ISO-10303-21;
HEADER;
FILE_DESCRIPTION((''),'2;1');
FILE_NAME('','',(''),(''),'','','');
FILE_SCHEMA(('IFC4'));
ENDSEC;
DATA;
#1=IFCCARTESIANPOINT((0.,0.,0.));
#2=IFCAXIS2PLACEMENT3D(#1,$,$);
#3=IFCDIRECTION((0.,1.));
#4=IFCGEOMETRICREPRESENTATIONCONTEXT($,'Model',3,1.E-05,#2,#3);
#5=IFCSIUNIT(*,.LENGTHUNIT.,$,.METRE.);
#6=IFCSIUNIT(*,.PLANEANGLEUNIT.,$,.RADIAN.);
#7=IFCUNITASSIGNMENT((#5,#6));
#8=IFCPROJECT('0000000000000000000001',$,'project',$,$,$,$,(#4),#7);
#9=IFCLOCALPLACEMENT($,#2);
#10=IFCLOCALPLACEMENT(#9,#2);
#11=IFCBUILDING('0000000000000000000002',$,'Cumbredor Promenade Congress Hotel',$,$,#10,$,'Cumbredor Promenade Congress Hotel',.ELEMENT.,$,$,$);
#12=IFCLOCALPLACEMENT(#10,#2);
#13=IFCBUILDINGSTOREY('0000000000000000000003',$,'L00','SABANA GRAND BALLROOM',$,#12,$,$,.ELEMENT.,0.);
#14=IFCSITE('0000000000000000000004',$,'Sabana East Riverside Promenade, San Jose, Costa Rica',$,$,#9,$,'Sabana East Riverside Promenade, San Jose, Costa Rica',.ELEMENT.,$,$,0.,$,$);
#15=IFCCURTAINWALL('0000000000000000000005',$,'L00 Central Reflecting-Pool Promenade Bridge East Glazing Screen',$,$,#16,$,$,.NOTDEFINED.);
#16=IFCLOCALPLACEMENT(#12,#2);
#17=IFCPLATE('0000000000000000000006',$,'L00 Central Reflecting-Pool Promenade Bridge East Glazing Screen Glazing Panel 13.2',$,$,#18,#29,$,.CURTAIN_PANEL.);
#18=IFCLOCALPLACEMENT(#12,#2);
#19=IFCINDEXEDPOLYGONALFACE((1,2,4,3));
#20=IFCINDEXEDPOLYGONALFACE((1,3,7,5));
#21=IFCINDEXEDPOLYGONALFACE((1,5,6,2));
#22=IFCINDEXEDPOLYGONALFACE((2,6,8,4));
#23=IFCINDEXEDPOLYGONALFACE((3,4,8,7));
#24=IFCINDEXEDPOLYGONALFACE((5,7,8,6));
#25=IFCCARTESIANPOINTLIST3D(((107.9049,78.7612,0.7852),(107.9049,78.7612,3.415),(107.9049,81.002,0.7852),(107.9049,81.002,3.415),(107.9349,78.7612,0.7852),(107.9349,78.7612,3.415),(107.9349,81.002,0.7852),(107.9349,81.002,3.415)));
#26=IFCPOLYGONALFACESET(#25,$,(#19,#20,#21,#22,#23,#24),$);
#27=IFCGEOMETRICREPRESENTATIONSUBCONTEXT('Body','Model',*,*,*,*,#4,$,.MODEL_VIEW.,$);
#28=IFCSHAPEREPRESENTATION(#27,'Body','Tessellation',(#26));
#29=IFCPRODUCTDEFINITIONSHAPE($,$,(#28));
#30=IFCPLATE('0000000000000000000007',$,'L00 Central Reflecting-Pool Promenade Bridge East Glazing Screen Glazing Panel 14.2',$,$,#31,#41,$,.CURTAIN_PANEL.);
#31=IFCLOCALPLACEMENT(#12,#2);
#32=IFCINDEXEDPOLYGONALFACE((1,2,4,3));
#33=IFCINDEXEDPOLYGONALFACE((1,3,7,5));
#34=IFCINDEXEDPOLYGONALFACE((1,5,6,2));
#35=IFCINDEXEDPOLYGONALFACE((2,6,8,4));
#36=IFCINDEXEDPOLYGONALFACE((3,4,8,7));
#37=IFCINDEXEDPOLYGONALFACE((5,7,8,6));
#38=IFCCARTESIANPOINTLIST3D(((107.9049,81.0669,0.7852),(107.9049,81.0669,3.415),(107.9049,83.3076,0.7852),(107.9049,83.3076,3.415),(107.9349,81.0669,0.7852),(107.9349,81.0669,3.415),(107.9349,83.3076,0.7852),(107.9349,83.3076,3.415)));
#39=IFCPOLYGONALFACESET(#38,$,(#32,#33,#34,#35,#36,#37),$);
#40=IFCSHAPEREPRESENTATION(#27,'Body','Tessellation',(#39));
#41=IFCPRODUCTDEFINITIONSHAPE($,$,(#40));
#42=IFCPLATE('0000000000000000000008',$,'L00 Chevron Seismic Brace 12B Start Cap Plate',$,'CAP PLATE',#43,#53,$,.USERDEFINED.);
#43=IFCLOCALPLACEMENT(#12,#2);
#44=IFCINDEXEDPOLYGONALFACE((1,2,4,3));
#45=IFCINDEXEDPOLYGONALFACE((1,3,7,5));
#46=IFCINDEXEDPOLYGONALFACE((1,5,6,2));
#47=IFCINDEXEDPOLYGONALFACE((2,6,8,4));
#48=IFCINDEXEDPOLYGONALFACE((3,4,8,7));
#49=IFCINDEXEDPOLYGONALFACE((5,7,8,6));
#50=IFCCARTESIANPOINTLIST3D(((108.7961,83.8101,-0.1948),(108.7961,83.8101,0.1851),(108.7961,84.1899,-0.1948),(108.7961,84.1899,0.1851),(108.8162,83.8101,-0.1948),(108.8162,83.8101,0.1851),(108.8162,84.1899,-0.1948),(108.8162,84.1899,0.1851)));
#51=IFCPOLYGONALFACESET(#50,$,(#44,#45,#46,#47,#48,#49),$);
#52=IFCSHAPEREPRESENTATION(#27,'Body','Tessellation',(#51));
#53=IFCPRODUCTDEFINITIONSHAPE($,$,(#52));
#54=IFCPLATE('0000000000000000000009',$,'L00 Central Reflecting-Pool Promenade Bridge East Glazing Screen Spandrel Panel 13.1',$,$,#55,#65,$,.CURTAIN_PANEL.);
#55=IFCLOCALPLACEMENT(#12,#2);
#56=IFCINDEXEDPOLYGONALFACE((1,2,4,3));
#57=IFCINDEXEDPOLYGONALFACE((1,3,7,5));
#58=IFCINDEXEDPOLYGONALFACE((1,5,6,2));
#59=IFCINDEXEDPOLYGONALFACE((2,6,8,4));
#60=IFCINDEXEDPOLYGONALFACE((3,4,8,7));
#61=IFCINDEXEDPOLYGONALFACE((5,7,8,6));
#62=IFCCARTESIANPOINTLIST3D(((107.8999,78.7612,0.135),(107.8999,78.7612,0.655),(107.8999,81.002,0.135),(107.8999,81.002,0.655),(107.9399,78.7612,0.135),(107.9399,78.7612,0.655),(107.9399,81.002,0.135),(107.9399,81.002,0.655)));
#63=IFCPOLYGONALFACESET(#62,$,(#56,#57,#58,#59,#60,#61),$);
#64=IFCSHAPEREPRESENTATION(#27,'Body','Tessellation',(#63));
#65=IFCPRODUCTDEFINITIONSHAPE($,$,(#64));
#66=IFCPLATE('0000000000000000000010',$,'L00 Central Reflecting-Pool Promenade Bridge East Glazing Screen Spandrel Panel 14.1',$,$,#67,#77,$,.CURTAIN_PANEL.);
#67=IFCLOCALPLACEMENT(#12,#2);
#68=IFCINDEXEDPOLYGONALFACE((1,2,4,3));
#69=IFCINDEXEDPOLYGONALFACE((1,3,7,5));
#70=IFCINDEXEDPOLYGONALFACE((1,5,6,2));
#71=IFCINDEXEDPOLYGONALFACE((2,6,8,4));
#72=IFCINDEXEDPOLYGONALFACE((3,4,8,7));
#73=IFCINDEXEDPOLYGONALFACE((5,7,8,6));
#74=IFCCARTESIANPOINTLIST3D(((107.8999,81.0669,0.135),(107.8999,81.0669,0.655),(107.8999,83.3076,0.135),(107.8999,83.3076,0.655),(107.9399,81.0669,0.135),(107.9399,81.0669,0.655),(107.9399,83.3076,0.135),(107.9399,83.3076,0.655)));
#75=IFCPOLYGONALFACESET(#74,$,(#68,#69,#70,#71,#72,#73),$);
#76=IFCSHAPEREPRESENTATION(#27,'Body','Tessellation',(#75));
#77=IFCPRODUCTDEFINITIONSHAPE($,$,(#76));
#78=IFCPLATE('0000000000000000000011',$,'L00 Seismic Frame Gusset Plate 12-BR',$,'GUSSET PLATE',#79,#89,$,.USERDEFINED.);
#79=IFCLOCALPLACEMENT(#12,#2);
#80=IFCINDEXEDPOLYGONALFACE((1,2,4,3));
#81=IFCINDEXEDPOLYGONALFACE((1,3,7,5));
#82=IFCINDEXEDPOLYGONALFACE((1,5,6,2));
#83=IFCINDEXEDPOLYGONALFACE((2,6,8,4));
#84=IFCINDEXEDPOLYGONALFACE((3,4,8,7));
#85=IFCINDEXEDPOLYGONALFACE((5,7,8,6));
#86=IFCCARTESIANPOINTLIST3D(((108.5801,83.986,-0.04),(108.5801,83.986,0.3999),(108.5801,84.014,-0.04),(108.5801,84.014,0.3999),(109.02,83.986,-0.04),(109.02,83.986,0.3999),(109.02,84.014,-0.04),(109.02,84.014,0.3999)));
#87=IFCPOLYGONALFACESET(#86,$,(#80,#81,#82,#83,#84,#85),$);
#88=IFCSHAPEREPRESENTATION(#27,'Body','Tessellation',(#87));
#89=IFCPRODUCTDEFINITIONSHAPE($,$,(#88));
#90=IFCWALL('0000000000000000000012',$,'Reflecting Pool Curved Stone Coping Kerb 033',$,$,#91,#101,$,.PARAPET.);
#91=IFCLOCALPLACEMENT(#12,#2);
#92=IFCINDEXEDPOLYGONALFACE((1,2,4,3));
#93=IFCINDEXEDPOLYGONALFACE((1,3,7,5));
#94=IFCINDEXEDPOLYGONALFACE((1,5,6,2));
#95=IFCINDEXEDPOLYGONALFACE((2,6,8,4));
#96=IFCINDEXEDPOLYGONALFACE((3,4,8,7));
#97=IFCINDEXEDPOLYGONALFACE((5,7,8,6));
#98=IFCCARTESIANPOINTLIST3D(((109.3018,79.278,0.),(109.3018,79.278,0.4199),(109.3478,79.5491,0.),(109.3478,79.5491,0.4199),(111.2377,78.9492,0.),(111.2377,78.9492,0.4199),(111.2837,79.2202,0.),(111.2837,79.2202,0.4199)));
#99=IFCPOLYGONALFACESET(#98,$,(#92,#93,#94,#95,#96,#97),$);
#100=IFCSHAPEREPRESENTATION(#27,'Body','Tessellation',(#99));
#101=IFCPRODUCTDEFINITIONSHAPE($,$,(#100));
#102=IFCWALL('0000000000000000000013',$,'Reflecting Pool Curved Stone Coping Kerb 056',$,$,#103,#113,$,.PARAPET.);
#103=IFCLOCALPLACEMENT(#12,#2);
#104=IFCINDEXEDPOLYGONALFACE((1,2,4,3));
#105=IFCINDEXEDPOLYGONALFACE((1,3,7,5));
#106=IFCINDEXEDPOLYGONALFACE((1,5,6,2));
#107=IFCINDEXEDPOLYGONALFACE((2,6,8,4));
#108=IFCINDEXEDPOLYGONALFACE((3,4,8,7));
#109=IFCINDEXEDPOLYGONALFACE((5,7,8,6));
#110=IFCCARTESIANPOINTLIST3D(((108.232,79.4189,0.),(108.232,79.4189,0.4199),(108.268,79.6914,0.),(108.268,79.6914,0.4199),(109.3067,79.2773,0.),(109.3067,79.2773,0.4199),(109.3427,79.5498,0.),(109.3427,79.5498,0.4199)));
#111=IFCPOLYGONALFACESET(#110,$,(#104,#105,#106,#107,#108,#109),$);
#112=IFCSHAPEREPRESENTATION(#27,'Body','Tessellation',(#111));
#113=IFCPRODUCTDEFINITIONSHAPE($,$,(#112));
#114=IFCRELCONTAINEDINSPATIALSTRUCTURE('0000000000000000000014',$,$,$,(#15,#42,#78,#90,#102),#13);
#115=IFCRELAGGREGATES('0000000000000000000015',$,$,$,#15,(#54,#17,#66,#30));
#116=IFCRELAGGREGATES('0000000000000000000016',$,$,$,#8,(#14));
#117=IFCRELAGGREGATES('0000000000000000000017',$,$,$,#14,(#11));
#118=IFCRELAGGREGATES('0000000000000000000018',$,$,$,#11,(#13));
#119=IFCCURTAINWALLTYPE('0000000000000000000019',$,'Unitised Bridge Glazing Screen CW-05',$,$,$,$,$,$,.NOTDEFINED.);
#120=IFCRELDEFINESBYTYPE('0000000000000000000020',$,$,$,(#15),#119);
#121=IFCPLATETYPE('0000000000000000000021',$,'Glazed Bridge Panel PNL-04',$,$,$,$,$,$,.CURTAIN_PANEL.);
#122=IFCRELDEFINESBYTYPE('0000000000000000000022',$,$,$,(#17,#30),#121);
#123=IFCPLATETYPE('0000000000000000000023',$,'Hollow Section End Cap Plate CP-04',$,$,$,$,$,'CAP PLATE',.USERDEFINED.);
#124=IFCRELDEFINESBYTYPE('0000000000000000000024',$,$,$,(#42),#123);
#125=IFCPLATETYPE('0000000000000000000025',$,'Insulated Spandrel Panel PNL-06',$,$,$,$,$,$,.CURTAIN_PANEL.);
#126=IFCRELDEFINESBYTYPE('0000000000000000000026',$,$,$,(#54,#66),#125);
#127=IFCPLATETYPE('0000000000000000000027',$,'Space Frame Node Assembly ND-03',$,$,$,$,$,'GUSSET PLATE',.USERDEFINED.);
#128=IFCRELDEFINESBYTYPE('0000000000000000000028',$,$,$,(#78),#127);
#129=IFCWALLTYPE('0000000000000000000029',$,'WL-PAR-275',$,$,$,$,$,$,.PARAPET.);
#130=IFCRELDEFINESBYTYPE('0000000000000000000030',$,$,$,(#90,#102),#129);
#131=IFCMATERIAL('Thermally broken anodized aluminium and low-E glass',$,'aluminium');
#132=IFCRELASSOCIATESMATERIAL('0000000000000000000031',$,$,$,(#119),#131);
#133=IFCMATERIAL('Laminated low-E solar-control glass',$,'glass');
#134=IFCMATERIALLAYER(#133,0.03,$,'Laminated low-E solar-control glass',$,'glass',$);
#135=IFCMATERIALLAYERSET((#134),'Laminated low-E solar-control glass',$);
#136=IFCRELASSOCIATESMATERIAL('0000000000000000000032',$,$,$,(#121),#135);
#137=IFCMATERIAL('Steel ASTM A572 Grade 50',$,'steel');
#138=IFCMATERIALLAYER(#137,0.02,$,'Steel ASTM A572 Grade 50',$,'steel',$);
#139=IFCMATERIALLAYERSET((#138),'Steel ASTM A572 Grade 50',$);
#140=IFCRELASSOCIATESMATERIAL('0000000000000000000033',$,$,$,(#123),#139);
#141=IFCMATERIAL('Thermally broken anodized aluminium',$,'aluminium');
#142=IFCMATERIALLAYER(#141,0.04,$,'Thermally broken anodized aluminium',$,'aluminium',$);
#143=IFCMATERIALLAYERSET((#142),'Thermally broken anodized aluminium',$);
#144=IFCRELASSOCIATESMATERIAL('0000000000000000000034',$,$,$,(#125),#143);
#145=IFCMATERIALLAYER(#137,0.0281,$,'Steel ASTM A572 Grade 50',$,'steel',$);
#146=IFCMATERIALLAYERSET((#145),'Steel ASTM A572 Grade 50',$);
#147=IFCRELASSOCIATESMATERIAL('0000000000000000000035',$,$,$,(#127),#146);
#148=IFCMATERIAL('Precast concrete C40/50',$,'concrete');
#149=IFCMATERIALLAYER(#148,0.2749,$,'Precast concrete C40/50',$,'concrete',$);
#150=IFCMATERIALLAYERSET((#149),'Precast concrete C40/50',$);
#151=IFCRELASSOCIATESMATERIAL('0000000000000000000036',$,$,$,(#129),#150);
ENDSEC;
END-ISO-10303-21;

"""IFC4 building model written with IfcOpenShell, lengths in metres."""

from ifc_helpers import new_model, si_unit, direction, frame, frame_2d, origin, origin_2d, place, context, subcontext, project, spatial, rectangle, extrude, material, layer, layer_set, type_object, element, aggregate, save


model = new_model("IFC4")

# Units and contexts
model_context = context("Model", 3, precision=1e-05, world=origin(), true_north=direction((0.0, 1.0)))
body_context = subcontext(model_context, "Body", "Model", "MODEL_VIEW")
ifc_project = project(units=[si_unit("LENGTHUNIT", "METRE"), si_unit("PLANEANGLEUNIT", "RADIAN")], contexts=[model_context])

# Site, building, storey
site_placement = place(None, origin())
site = spatial("IfcSite", under=ifc_project, at=site_placement, Name="Sabana East Riverside Promenade, San Jose, Costa Rica", LongName="Sabana East Riverside Promenade, San Jose, Costa Rica", CompositionType="ELEMENT", RefElevation=0.0)
building_placement = place(site_placement, origin())
building = spatial("IfcBuilding", under=site, at=building_placement, Name="Cumbredor Promenade Congress Hotel", LongName="Cumbredor Promenade Congress Hotel", CompositionType="ELEMENT")
storey_placement = place(building_placement, origin())
storey = spatial("IfcBuildingStorey", under=building, at=storey_placement, Name="L00", Description="SABANA GRAND BALLROOM", CompositionType="ELEMENT", Elevation=0.0)

# Curtain wall
ifc_material_1 = material(Name="Thermally broken anodized aluminium and low-E glass", Category="aluminium")
curtain_wall_type_1 = type_object("IfcCurtainWallType", Name="Unitised Bridge Glazing Screen CW-05", PredefinedType="NOTDEFINED", material=ifc_material_1)
curtain_wall_1_placement = place(storey_placement, origin())
curtain_wall_1 = element("IfcCurtainWall", 1, at=curtain_wall_1_placement, inside=storey, type_object=curtain_wall_type_1, Name="L00 Central Reflecting-Pool Promenade Bridge East Glazing Screen", PredefinedType="NOTDEFINED")
ifc_material_2 = material(Name="Thermally broken anodized aluminium", Category="aluminium")

# Plates
ifc_material_3 = material(Name="Laminated low-E solar-control glass", Category="glass")
ifc_layer_1 = layer(ifc_material_3, 0.03, Name="Laminated low-E solar-control glass", Category="glass")
ifc_layer_set_1 = layer_set([ifc_layer_1], Name="Laminated low-E solar-control glass")
plate_type_1 = type_object("IfcPlateType", Name="Glazed Bridge Panel PNL-04", PredefinedType="CURTAIN_PANEL", material=ifc_layer_set_1)
plate_1_placement = place(storey_placement, frame((107.9199, 79.8816, 0.7852), z_axis=(0.0, 0.0, 1.0), x_axis=(0.0, 1.0, 0.0)))
plate_1 = element("IfcPlate", 2, at=plate_1_placement, type_object=plate_type_1, Name="L00 Central Reflecting-Pool Promenade Bridge East Glazing Screen Glazing Panel 13.2", PredefinedType="CURTAIN_PANEL", context=body_context, shape_type="SweptSolid", body=[
    extrude(rectangle(XDim=2.2407, YDim=0.03, at=origin_2d()), origin(), (0.0, 0.0, 1.0), 2.6299),
])
plate_2_placement = place(storey_placement, frame((107.9199, 82.1873, 0.7852), z_axis=(0.0, 0.0, 1.0), x_axis=(0.0, 1.0, 0.0)))
plate_2 = element("IfcPlate", 3, at=plate_2_placement, type_object=plate_type_1, Name="L00 Central Reflecting-Pool Promenade Bridge East Glazing Screen Glazing Panel 14.2", PredefinedType="CURTAIN_PANEL", context=body_context, shape_type="SweptSolid", body=[
    extrude(rectangle(XDim=2.2407, YDim=0.03, at=origin_2d()), origin(), (0.0, 0.0, 1.0), 2.6299),
])
ifc_material_4 = material(Name="Steel ASTM A572 Grade 50", Category="steel")
ifc_layer_2 = layer(ifc_material_4, 0.02, Name="Steel ASTM A572 Grade 50", Category="steel")
ifc_layer_set_2 = layer_set([ifc_layer_2], Name="Steel ASTM A572 Grade 50")
plate_type_2 = type_object("IfcPlateType", Name="Hollow Section End Cap Plate CP-04", ElementType="CAP PLATE", PredefinedType="USERDEFINED", material=ifc_layer_set_2)
plate_3_placement = place(storey_placement, frame((108.8062, 84.0, -0.1948), z_axis=(0.0, 0.0, 1.0), x_axis=(-1.0, 0.0, 0.0)))
element("IfcPlate", 4, at=plate_3_placement, inside=storey, type_object=plate_type_2, Name="L00 Chevron Seismic Brace 12B Start Cap Plate", ObjectType="CAP PLATE", PredefinedType="USERDEFINED", context=body_context, shape_type="SweptSolid", body=[
    extrude(rectangle(XDim=0.02, YDim=0.3799, at=origin_2d()), origin(), (0.0, 0.0, 1.0), 0.3799),
])
ifc_layer_3 = layer(ifc_material_2, 0.04, Name="Thermally broken anodized aluminium", Category="aluminium")
ifc_layer_set_3 = layer_set([ifc_layer_3], Name="Thermally broken anodized aluminium")
plate_type_3 = type_object("IfcPlateType", Name="Insulated Spandrel Panel PNL-06", PredefinedType="CURTAIN_PANEL", material=ifc_layer_set_3)
plate_4_placement = place(storey_placement, frame((107.9199, 79.8816, 0.135), z_axis=(0.0, 0.0, 1.0), x_axis=(0.0, 1.0, 0.0)))
plate_4 = element("IfcPlate", 5, at=plate_4_placement, type_object=plate_type_3, Name="L00 Central Reflecting-Pool Promenade Bridge East Glazing Screen Spandrel Panel 13.1", PredefinedType="CURTAIN_PANEL", context=body_context, shape_type="SweptSolid", body=[
    extrude(rectangle(XDim=2.2407, YDim=0.04, at=origin_2d()), origin(), (0.0, 0.0, 1.0), 0.52),
])
plate_5_placement = place(storey_placement, frame((107.9199, 82.1873, 0.135), z_axis=(0.0, 0.0, 1.0), x_axis=(0.0, 1.0, 0.0)))
plate_5 = element("IfcPlate", 6, at=plate_5_placement, type_object=plate_type_3, Name="L00 Central Reflecting-Pool Promenade Bridge East Glazing Screen Spandrel Panel 14.1", PredefinedType="CURTAIN_PANEL", context=body_context, shape_type="SweptSolid", body=[
    extrude(rectangle(XDim=2.2407, YDim=0.04, at=origin_2d()), origin(), (0.0, 0.0, 1.0), 0.52),
])
aggregate(curtain_wall_1, [plate_4, plate_1, plate_5, plate_2])
ifc_layer_4 = layer(ifc_material_4, 0.0281, Name="Steel ASTM A572 Grade 50", Category="steel")
ifc_layer_set_4 = layer_set([ifc_layer_4], Name="Steel ASTM A572 Grade 50")
plate_type_4 = type_object("IfcPlateType", Name="Space Frame Node Assembly ND-03", ElementType="GUSSET PLATE", PredefinedType="USERDEFINED", material=ifc_layer_set_4)
plate_6_placement = place(storey_placement, frame((108.8, 84.0, -0.04), z_axis=(0.0, 0.0, 1.0), x_axis=(1.0, 0.0, 0.0)))
element("IfcPlate", 7, at=plate_6_placement, inside=storey, type_object=plate_type_4, Name="L00 Seismic Frame Gusset Plate 12-BR", ObjectType="GUSSET PLATE", PredefinedType="USERDEFINED", context=body_context, shape_type="SweptSolid", body=[
    extrude(rectangle(XDim=0.4399, YDim=0.0281, at=origin_2d()), origin(), (0.0, 0.0, 1.0), 0.4399),
])

# Walls
ifc_material_5 = material(Name="Precast concrete C40/50", Category="concrete")
ifc_layer_5 = layer(ifc_material_5, 0.2749, Name="Precast concrete C40/50", Category="concrete")
ifc_layer_set_5 = layer_set([ifc_layer_5], Name="Precast concrete C40/50")
wall_type = type_object("IfcWallType", Name="WL-PAR-275", PredefinedType="PARAPET", material=ifc_layer_set_5)
wall_1_placement = place(storey_placement, frame((109.3247, 79.4136, 0.0), z_axis=(0.0, 0.0, 1.0), x_axis=(0.985875, -0.167483, 0.0)))
element("IfcWall", 8, at=wall_1_placement, inside=storey, type_object=wall_type, Name="Reflecting Pool Curved Stone Coping Kerb 033", PredefinedType="PARAPET", context=body_context, shape_type="SweptSolid", body=[
    extrude(rectangle(XDim=1.9636, YDim=0.2749, at=frame_2d((0.9819, 0.0))), origin(), (0.0, 0.0, 1.0), 0.4199),
])
wall_2_placement = place(storey_placement, frame((108.25, 79.5552, 0.0), z_axis=(0.0, 0.0, 1.0), x_axis=(0.991431, -0.130629, 0.0)))
element("IfcWall", 9, at=wall_2_placement, inside=storey, type_object=wall_type, Name="Reflecting Pool Curved Stone Coping Kerb 056", PredefinedType="PARAPET", context=body_context, shape_type="SweptSolid", body=[
    extrude(rectangle(XDim=1.084, YDim=0.2749, at=frame_2d((0.542, 0.0))), origin(), (0.0, 0.0, 1.0), 0.4199),
])

save(model, "model.ifc")
